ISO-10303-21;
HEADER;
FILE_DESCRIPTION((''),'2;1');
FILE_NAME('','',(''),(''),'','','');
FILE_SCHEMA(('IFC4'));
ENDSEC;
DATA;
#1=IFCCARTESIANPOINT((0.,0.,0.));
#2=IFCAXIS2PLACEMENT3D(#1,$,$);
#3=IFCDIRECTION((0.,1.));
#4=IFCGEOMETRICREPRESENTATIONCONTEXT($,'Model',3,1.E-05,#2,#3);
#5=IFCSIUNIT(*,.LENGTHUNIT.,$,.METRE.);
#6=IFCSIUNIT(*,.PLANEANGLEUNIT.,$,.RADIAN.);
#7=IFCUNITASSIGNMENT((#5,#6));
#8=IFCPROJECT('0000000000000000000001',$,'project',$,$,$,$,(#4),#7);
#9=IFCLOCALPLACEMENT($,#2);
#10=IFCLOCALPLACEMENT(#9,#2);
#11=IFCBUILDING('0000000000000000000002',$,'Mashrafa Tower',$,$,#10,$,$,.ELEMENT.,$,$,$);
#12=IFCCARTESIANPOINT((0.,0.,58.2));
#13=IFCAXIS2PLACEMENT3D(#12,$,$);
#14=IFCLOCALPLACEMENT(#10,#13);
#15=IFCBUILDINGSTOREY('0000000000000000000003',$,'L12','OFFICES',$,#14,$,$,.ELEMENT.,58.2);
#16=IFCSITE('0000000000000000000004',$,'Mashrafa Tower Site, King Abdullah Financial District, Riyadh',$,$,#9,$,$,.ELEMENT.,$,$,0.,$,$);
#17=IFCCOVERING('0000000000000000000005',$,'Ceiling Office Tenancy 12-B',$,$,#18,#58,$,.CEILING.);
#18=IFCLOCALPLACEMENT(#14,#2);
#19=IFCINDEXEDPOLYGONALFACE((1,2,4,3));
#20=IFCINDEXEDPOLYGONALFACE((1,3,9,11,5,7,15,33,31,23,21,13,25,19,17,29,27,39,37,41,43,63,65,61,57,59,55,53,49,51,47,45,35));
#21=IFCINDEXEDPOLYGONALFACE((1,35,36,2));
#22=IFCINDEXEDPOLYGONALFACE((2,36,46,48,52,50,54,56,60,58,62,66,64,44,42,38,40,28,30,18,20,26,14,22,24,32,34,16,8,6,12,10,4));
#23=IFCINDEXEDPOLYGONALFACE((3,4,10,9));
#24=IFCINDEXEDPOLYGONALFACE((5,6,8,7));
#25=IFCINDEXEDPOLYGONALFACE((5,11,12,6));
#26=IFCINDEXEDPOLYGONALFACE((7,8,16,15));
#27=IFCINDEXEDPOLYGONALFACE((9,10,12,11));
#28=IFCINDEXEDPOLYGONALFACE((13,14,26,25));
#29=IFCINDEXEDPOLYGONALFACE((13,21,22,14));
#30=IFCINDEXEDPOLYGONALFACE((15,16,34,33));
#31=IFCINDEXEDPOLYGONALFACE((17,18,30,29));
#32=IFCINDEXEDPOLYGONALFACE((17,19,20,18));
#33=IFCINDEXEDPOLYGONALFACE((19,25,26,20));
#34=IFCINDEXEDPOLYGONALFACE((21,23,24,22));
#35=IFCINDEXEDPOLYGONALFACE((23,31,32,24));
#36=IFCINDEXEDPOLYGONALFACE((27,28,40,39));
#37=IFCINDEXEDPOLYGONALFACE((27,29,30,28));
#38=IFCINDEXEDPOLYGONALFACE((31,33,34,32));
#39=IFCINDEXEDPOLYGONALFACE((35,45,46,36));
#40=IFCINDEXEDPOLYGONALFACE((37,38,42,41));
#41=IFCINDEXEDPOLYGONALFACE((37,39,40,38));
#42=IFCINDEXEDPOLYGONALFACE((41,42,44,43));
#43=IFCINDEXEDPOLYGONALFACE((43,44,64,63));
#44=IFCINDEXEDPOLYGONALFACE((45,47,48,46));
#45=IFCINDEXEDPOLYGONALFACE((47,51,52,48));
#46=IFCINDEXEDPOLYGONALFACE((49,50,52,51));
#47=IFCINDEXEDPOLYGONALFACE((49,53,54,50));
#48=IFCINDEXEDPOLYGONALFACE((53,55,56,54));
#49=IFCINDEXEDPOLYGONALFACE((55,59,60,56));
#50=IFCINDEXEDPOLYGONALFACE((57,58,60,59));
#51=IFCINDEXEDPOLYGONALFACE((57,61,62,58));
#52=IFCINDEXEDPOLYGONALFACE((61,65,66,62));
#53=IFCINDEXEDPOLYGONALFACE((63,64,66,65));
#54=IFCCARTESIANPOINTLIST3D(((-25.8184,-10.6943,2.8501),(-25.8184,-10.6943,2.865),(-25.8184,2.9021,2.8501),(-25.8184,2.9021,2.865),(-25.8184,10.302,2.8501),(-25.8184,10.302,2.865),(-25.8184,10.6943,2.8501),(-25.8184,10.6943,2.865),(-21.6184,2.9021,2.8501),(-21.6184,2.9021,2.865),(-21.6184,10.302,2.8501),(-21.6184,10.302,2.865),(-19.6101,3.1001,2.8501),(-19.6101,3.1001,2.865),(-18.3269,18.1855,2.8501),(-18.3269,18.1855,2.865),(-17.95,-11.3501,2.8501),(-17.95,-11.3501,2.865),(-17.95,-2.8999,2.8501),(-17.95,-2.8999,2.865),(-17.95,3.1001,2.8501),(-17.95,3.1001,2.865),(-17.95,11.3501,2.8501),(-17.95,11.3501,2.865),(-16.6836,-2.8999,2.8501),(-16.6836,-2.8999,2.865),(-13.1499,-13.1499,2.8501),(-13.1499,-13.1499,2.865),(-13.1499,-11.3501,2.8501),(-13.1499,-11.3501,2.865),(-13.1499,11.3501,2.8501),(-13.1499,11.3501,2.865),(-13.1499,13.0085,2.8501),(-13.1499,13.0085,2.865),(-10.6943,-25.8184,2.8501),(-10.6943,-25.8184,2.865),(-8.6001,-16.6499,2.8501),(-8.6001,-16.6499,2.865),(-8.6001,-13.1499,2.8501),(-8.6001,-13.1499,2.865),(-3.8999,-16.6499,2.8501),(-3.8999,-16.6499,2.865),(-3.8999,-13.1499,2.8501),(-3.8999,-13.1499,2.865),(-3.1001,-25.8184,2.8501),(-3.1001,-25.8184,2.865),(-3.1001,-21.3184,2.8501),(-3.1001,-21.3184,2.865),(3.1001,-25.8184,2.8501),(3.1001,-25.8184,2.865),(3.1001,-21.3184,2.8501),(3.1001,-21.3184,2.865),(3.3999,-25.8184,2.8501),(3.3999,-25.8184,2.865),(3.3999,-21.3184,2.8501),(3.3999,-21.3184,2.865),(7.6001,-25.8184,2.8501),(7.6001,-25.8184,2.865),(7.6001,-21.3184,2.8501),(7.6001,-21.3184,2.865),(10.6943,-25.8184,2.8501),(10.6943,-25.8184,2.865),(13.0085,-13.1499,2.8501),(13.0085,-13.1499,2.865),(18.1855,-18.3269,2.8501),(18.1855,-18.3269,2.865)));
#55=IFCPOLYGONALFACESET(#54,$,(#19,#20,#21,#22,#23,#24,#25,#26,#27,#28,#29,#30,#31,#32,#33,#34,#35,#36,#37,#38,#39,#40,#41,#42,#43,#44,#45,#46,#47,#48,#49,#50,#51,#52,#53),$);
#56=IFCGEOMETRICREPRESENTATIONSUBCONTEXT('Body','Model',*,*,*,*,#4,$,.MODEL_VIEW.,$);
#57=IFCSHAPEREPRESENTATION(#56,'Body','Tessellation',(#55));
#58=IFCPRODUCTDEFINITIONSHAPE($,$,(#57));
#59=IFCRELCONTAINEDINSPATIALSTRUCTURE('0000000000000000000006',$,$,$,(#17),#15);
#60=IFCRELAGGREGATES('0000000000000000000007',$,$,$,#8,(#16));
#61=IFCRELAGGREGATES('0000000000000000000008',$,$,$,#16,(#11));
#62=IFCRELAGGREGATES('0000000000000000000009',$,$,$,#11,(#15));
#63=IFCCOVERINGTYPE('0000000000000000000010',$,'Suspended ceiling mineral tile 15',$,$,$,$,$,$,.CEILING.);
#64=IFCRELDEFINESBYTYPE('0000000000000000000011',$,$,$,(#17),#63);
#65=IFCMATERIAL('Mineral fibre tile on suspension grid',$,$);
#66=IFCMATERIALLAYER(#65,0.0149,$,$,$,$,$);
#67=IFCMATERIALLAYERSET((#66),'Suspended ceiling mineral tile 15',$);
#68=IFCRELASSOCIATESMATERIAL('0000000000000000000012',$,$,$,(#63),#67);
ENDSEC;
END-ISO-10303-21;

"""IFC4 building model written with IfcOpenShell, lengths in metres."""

from ifc_helpers import new_model, si_unit, direction, frame, origin, place, context, subcontext, project, spatial, polyline, outline, extrude, material, layer, layer_set, type_object, element, save


model = new_model("IFC4")

# Units and contexts
model_context = context("Model", 3, precision=1e-05, world=origin(), true_north=direction((0.0, 1.0)))
body_context = subcontext(model_context, "Body", "Model", "MODEL_VIEW")
ifc_project = project(units=[si_unit("LENGTHUNIT", "METRE"), si_unit("PLANEANGLEUNIT", "RADIAN")], contexts=[model_context])

# Site, building, storey
site_placement = place(None, origin())
site = spatial("IfcSite", under=ifc_project, at=site_placement, Name="Mashrafa Tower Site, King Abdullah Financial District, Riyadh", CompositionType="ELEMENT", RefElevation=0.0)
building_placement = place(site_placement, origin())
building = spatial("IfcBuilding", under=site, at=building_placement, Name="Mashrafa Tower", CompositionType="ELEMENT")
storey_placement = place(building_placement, frame((0.0, 0.0, 58.2)))
storey = spatial("IfcBuildingStorey", under=building, at=storey_placement, Name="L12", Description="OFFICES", CompositionType="ELEMENT", Elevation=58.2)

# Covering
ifc_material_1 = material(Name="Mineral fibre tile on suspension grid")
ifc_layer_1 = layer(ifc_material_1, 0.0149)
ifc_layer_set_1 = layer_set([ifc_layer_1], Name="Suspended ceiling mineral tile 15")
covering_type = type_object("IfcCoveringType", Name="Suspended ceiling mineral tile 15", PredefinedType="CEILING", material=ifc_layer_set_1)
covering_1_placement = place(storey_placement, frame((0.0, 0.0, 2.8501)))
element("IfcCovering", 1, at=covering_1_placement, inside=storey, type_object=covering_type, Name="Ceiling Office Tenancy 12-B", PredefinedType="CEILING", context=body_context, shape_type="SweptSolid", body=[
    extrude(outline(polyline([(13.0085, -13.1499), (18.1855, -18.3269), (10.6943, -25.8184), (7.6001, -25.8184), (7.6001, -21.3184), (3.3999, -21.3184), (3.3999, -25.8184), (3.1001, -25.8184), (3.1001, -21.3184), (-3.1001, -21.3184), (-3.1001, -25.8184), (-10.6943, -25.8184), (-25.8184, -10.6943), (-25.8184, 2.9021), (-21.6184, 2.9021), (-21.6184, 10.302), (-25.8184, 10.302), (-25.8184, 10.6943), (-18.3269, 18.1855), (-13.1499, 13.0085), (-13.1499, 11.3501), (-17.95, 11.3501), (-17.95, 3.1001), (-19.6101, 3.1001), (-16.6836, -2.8999), (-17.95, -2.8999), (-17.95, -11.3501), (-13.1499, -11.3501), (-13.1499, -13.1499), (-8.6001, -13.1499), (-8.6001, -16.6499), (-3.8999, -16.6499), (-3.8999, -13.1499), (13.0085, -13.1499)])), origin(), (0.0, 0.0, 1.0), 0.0149),
])

save(model, "model.ifc")
